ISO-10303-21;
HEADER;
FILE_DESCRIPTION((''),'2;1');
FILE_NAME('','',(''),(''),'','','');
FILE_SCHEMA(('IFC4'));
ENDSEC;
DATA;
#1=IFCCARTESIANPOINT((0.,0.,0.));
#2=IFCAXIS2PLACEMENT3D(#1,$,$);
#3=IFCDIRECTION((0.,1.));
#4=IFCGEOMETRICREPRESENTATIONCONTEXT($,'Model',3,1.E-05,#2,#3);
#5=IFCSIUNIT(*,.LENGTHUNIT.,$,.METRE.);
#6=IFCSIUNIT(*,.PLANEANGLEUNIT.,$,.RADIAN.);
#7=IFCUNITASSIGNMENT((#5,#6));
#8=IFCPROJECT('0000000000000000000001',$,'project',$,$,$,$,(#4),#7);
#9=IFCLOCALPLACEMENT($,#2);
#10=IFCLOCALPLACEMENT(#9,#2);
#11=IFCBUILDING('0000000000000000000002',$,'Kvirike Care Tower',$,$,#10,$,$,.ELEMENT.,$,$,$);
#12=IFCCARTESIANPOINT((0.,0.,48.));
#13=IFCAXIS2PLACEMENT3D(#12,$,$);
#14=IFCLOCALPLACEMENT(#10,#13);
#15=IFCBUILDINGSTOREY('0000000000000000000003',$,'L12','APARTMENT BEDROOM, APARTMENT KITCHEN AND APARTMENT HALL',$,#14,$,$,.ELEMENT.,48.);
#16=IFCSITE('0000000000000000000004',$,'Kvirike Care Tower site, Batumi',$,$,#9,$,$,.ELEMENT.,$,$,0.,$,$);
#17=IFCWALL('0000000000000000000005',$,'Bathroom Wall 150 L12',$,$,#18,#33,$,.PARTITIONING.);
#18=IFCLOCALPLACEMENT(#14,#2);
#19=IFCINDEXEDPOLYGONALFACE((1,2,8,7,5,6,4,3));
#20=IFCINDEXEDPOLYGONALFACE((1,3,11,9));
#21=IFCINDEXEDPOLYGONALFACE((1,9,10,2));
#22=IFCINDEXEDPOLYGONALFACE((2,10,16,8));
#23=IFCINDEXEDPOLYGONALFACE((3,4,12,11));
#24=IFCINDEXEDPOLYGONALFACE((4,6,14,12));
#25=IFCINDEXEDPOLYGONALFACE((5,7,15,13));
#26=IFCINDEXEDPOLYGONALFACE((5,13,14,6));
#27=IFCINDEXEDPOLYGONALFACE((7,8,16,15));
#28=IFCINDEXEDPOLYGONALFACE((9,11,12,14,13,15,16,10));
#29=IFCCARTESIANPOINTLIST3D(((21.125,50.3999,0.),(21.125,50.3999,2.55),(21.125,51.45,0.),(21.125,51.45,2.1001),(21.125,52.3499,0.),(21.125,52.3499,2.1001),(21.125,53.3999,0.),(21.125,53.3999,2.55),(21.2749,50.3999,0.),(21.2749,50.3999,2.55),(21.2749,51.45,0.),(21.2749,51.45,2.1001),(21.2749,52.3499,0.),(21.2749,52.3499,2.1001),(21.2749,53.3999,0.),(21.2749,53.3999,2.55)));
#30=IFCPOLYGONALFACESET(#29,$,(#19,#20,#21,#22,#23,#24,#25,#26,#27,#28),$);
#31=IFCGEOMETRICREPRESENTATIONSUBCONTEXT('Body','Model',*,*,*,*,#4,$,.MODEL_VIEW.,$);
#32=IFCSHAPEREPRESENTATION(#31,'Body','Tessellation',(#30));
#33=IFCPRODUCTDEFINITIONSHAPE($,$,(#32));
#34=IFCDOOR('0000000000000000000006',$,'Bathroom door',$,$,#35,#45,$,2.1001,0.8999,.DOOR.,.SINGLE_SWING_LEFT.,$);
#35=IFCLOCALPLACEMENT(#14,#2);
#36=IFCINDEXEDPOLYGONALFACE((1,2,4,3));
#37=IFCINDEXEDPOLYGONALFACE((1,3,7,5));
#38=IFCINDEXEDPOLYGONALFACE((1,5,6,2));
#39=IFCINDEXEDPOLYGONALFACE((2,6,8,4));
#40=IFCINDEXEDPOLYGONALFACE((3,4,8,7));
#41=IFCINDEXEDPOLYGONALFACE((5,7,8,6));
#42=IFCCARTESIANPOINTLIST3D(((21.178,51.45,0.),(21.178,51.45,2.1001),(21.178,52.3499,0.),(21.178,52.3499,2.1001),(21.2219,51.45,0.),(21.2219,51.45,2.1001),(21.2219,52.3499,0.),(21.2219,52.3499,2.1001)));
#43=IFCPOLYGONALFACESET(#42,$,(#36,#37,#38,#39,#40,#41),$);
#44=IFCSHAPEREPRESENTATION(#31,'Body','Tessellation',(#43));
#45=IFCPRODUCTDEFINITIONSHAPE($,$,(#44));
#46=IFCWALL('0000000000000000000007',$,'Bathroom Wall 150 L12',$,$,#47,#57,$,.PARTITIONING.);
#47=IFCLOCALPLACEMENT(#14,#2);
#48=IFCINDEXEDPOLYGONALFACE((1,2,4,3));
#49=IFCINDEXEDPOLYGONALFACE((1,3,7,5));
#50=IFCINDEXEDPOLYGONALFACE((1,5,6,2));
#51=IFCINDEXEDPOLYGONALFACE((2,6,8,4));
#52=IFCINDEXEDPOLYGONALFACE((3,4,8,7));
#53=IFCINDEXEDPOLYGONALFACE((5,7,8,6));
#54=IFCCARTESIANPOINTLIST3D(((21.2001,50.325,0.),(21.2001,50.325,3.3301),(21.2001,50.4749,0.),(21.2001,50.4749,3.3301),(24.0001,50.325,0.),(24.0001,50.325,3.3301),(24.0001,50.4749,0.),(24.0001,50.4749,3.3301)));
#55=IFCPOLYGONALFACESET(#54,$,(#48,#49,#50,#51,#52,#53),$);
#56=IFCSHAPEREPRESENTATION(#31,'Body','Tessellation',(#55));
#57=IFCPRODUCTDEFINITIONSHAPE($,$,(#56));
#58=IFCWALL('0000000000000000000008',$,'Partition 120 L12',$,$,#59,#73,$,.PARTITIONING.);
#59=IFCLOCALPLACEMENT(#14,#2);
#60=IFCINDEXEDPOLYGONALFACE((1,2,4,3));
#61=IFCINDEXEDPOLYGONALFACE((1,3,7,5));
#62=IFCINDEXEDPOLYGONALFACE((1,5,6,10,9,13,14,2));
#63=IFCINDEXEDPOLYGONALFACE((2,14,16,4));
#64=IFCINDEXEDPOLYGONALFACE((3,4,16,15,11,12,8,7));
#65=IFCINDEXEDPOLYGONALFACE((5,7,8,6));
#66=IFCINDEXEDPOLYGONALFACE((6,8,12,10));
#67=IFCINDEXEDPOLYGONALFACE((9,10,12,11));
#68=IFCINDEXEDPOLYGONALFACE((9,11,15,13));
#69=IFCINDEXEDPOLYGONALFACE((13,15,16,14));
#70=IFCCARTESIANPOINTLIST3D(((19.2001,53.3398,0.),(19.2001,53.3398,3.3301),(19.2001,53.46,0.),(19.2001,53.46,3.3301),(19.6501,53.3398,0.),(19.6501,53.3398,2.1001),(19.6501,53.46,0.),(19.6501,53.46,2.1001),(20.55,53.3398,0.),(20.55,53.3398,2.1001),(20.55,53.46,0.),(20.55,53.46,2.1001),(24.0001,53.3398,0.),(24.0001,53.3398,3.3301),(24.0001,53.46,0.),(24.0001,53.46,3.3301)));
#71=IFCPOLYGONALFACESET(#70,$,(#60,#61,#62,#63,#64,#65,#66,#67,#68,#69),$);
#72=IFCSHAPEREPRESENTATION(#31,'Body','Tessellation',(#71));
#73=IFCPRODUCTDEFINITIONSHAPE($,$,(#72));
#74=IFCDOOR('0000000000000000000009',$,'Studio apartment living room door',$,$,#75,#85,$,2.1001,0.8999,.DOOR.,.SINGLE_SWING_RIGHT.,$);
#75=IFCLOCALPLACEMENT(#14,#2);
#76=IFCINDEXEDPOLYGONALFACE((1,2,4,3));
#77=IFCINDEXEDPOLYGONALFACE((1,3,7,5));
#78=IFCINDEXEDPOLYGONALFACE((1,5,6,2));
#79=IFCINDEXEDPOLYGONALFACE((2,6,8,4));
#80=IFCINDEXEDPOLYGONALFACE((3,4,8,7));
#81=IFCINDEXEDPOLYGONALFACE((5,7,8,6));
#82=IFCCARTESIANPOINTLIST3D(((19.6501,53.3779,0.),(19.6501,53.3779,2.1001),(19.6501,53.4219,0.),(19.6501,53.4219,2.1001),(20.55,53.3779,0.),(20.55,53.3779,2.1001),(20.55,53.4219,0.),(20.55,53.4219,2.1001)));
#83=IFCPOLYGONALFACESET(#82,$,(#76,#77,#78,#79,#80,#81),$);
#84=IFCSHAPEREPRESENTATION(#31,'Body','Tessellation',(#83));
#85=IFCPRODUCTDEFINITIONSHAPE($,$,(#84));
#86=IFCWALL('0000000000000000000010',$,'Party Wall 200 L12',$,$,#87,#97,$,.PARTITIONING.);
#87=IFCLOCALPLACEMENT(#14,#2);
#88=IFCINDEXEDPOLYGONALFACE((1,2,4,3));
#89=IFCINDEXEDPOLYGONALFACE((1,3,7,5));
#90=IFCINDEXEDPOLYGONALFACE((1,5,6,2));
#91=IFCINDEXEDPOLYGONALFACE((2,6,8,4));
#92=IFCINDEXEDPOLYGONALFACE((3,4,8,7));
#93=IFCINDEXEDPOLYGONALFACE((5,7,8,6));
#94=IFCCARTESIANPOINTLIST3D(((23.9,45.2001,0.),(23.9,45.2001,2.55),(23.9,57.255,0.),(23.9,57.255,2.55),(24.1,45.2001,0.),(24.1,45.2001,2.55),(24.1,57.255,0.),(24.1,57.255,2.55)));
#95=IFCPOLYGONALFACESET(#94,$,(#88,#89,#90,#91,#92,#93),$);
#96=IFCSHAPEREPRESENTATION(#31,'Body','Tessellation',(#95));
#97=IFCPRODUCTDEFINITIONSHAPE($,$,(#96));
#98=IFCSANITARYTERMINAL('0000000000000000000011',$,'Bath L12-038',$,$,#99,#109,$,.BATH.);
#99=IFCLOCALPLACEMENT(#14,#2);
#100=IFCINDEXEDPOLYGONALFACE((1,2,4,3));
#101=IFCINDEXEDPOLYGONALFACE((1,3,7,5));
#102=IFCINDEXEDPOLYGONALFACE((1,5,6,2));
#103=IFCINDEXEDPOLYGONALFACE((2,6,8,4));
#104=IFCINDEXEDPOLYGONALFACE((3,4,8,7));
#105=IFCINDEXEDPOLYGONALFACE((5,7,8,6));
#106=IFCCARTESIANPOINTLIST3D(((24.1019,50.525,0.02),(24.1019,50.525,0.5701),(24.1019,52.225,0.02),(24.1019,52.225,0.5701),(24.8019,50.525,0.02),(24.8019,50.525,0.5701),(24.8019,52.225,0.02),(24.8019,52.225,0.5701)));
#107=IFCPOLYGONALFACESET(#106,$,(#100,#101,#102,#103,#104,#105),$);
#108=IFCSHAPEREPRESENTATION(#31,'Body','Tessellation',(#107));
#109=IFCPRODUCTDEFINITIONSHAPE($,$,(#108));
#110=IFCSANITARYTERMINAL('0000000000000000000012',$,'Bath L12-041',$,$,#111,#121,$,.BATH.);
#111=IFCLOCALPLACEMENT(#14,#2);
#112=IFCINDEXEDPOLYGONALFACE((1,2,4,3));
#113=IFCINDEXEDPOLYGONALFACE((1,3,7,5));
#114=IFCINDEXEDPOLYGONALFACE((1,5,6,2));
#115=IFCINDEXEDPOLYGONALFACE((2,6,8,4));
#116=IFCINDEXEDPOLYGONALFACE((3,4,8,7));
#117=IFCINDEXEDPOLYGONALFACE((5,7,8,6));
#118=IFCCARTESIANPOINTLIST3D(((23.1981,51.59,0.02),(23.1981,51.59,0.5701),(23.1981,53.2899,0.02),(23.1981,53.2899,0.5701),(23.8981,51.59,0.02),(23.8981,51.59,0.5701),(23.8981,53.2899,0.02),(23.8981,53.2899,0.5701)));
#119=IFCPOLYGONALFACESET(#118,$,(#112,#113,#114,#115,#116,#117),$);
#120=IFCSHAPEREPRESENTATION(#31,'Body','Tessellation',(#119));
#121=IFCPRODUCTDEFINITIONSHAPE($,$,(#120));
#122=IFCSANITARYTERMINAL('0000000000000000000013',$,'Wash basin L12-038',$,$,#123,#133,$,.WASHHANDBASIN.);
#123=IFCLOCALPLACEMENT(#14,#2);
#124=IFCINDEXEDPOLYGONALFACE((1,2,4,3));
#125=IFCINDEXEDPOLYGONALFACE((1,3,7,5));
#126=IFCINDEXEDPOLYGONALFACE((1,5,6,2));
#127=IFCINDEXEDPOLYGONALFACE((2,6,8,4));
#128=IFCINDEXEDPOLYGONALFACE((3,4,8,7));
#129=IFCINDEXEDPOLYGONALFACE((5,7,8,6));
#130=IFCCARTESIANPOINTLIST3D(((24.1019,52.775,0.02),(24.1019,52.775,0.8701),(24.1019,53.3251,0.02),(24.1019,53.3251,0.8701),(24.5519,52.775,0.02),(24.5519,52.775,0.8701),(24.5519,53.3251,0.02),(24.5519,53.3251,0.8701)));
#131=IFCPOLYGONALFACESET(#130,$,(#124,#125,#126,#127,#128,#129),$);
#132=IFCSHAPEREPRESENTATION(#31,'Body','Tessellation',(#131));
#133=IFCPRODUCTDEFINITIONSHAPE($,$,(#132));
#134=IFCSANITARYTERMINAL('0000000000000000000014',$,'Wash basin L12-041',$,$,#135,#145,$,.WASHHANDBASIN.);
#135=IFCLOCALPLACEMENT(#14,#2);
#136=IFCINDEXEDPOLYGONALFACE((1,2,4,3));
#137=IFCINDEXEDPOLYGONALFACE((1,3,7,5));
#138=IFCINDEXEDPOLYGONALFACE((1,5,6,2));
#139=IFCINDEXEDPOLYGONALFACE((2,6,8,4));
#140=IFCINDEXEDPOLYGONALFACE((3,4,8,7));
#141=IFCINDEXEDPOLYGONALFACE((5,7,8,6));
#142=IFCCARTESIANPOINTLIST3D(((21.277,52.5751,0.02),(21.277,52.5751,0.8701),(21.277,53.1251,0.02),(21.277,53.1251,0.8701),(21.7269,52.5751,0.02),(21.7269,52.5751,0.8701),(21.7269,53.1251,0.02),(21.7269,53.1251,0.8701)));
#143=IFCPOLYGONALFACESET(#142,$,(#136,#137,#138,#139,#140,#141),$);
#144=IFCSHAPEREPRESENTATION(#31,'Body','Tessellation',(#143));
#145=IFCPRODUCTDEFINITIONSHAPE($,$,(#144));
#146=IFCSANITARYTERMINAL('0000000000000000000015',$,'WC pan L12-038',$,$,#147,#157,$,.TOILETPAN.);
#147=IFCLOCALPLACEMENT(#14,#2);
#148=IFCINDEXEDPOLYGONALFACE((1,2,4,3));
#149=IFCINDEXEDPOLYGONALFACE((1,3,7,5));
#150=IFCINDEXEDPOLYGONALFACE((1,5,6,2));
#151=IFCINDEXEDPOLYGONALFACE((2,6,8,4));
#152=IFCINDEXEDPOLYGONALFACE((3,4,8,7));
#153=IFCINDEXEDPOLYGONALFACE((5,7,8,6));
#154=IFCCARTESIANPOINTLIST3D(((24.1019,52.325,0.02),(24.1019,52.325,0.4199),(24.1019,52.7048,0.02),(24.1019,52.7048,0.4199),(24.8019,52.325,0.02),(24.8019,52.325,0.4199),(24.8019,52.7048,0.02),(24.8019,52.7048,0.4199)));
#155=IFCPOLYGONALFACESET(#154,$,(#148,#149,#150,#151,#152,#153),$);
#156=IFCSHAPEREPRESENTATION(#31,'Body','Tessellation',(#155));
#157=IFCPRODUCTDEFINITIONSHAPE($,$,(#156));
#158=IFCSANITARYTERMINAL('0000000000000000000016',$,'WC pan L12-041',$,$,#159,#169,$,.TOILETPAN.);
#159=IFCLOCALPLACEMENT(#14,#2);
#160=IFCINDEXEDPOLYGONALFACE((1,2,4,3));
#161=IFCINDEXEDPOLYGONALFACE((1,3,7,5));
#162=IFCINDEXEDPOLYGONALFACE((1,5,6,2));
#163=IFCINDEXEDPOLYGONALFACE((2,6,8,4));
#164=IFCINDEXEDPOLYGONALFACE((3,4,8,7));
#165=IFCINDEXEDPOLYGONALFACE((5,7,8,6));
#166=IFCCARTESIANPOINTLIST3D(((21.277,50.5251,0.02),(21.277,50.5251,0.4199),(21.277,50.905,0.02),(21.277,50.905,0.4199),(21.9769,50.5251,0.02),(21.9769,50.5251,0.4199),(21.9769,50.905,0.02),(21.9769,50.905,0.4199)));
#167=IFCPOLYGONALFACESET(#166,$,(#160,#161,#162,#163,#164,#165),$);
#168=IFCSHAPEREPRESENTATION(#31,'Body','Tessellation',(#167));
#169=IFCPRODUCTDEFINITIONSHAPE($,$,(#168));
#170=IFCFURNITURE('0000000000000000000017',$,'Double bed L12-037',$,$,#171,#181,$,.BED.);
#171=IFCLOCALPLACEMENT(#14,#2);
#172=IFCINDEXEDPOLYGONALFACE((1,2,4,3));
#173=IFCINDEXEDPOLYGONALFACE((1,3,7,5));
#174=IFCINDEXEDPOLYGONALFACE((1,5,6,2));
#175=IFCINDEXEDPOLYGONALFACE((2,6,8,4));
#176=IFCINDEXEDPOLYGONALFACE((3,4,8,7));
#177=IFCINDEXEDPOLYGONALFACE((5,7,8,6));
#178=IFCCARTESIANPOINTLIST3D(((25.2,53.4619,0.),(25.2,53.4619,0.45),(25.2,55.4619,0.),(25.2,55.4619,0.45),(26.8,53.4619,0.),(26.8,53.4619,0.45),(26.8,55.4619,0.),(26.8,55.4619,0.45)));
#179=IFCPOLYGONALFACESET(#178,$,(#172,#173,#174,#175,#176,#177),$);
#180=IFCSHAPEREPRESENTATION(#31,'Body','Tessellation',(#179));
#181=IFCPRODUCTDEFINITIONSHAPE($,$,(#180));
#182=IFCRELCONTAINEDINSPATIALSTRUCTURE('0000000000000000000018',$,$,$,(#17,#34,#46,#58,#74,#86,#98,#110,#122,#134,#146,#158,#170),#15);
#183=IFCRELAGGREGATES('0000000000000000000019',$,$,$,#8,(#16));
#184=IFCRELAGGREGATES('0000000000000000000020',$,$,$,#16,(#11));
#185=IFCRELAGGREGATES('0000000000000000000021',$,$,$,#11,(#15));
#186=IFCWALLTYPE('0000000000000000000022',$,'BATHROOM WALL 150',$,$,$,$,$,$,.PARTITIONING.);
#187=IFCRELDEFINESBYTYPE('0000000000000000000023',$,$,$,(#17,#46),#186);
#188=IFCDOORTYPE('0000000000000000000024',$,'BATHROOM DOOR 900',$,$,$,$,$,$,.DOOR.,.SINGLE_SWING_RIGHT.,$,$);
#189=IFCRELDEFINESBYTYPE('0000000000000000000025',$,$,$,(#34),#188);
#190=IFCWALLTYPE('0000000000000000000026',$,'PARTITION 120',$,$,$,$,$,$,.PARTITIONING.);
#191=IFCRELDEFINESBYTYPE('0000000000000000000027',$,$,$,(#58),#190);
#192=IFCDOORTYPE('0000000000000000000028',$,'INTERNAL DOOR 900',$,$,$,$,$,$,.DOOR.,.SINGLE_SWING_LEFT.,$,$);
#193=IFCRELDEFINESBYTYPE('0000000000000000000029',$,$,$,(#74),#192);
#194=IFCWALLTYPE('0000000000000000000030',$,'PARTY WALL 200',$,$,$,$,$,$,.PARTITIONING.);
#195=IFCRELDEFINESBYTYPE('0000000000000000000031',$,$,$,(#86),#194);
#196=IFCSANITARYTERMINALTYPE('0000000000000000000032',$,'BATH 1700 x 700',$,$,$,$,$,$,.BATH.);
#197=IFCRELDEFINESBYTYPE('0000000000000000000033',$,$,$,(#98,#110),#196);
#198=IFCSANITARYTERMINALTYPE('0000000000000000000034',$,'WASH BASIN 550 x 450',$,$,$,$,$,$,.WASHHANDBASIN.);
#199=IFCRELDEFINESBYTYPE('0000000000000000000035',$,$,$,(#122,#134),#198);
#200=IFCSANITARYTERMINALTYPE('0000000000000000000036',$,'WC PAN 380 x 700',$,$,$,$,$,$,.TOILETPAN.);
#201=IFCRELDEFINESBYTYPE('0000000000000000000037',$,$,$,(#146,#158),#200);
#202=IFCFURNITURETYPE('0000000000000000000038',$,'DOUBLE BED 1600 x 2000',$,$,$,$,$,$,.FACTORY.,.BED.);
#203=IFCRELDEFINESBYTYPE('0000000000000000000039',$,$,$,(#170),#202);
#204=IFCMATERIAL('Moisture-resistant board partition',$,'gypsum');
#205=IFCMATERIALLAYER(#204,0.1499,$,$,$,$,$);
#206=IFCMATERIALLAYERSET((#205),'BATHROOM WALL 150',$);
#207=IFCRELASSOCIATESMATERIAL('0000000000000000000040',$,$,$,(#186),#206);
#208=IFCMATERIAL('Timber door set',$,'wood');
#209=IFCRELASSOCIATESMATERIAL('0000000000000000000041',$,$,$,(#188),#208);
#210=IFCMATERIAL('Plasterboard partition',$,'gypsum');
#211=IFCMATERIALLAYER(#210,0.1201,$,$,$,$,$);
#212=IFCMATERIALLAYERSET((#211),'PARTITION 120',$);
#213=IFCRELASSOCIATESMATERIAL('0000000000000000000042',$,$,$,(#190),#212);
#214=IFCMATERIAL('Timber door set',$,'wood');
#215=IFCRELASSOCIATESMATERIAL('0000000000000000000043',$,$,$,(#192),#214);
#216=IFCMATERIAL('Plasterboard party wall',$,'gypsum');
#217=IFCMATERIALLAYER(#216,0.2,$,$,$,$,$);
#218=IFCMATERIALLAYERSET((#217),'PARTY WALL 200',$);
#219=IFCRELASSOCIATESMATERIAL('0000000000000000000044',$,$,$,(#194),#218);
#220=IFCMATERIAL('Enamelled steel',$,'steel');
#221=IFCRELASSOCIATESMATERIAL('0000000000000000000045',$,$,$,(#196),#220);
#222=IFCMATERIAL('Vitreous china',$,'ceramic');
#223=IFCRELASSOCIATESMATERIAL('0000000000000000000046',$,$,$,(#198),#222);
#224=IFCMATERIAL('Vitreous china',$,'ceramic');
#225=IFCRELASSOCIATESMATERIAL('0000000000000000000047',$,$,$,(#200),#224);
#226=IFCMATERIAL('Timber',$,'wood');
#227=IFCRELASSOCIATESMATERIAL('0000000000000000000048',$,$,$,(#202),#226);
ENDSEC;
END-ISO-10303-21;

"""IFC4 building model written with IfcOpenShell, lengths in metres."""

from ifc_helpers import new_model, si_unit, direction, frame, frame_2d, origin, origin_2d, place, context, subcontext, project, spatial, rectangle, extrude, material, layer, layer_set, type_object, element, fill, save


model = new_model("IFC4")

# Units and contexts
model_context = context("Model", 3, precision=1e-05, world=origin(), true_north=direction((0.0, 1.0)))
body_context = subcontext(model_context, "Body", "Model", "MODEL_VIEW")
ifc_project = project(units=[si_unit("LENGTHUNIT", "METRE"), si_unit("PLANEANGLEUNIT", "RADIAN")], contexts=[model_context])

# Site, building, storey
site_placement = place(None, origin())
site = spatial("IfcSite", under=ifc_project, at=site_placement, Name="Kvirike Care Tower site, Batumi", CompositionType="ELEMENT", RefElevation=0.0)
building_placement = place(site_placement, origin())
building = spatial("IfcBuilding", under=site, at=building_placement, Name="Kvirike Care Tower", CompositionType="ELEMENT")
storey_placement = place(building_placement, frame((0.0, 0.0, 48.0)))
storey = spatial("IfcBuildingStorey", under=building, at=storey_placement, Name="L12", Description="APARTMENT BEDROOM, APARTMENT KITCHEN AND APARTMENT HALL", CompositionType="ELEMENT", Elevation=48.0)

# Wall, opening, door
ifc_material_1 = material(Name="Moisture-resistant board partition", Category="gypsum")
ifc_layer_1 = layer(ifc_material_1, 0.1499)
ifc_layer_set_1 = layer_set([ifc_layer_1], Name="BATHROOM WALL 150")
wall_type_1 = type_object("IfcWallType", Name="BATHROOM WALL 150", PredefinedType="PARTITIONING", material=ifc_layer_set_1)
wall_1_placement = place(storey_placement, frame((21.2, 53.3999, 0.0), z_axis=(0.0, 0.0, 1.0), x_axis=(0.0, -1.0, 0.0)))
wall_1 = element("IfcWall", 1, at=wall_1_placement, inside=storey, type_object=wall_type_1, Name="Bathroom Wall 150 L12", PredefinedType="PARTITIONING", context=body_context, shape_type="SweptSolid", body=[
    extrude(rectangle(XDim=3.0, YDim=0.1499, at=frame_2d((1.5, 0.0))), origin(), (0.0, 0.0, 1.0), 2.55),
])
opening_1_placement = place(wall_1_placement, frame((1.05, 0.0, 0.0)))
opening_1 = element("IfcOpeningElement", 2, at=opening_1_placement, cuts=wall_1, PredefinedType="OPENING", context=body_context, shape_type="SweptSolid", body=[
    extrude(rectangle(XDim=0.8999, YDim=2.1001, at=frame_2d((0.45, 1.05))), frame((0.0, 0.0854, 0.0), z_axis=(0.0, -1.0, 0.0), x_axis=(1.0, 0.0, 0.0)), (0.0, 0.0, 1.0), 0.1709),
])
ifc_material_2 = material(Name="Timber door set", Category="wood")
door_type_1 = type_object("IfcDoorType", Name="BATHROOM DOOR 900", OperationType="SINGLE_SWING_RIGHT", PredefinedType="DOOR", material=ifc_material_2)
door_1_placement = place(opening_1_placement, origin())
door_1 = element("IfcDoor", 3, at=door_1_placement, inside=storey, type_object=door_type_1, Name="Bathroom door", OperationType="SINGLE_SWING_LEFT", OverallHeight=2.1001, OverallWidth=0.8999, PredefinedType="DOOR", context=body_context, shape_type="SweptSolid", body=[
    extrude(rectangle(XDim=0.8999, YDim=2.1001, at=frame_2d((0.45, 1.05))), frame((0.0, 0.022, 0.0), z_axis=(0.0, -1.0, 0.0), x_axis=(1.0, 0.0, 0.0)), (0.0, 0.0, 1.0), 0.0439),
])
fill(opening_1, door_1)

# Wall
wall_2_placement = place(storey_placement, frame((24.0, 50.3999, 0.0), z_axis=(0.0, 0.0, 1.0), x_axis=(-1.0, 0.0, 0.0)))
element("IfcWall", 4, at=wall_2_placement, inside=storey, type_object=wall_type_1, Name="Bathroom Wall 150 L12", PredefinedType="PARTITIONING", context=body_context, shape_type="SweptSolid", body=[
    extrude(rectangle(XDim=2.8, YDim=0.1499, at=frame_2d((1.3999, 0.0))), origin(), (0.0, 0.0, 1.0), 3.3301),
])

# Wall, opening, door
ifc_material_3 = material(Name="Plasterboard partition", Category="gypsum")
ifc_layer_2 = layer(ifc_material_3, 0.1201)
ifc_layer_set_2 = layer_set([ifc_layer_2], Name="PARTITION 120")
wall_type_2 = type_object("IfcWallType", Name="PARTITION 120", PredefinedType="PARTITIONING", material=ifc_layer_set_2)
wall_3_placement = place(storey_placement, frame((24.0, 53.3999, 0.0), z_axis=(0.0, 0.0, 1.0), x_axis=(-1.0, 0.0, 0.0)))
wall_3 = element("IfcWall", 5, at=wall_3_placement, inside=storey, type_object=wall_type_2, Name="Partition 120 L12", PredefinedType="PARTITIONING", context=body_context, shape_type="SweptSolid", body=[
    extrude(rectangle(XDim=4.8, YDim=0.1201, at=frame_2d((2.3999, 0.0))), origin(), (0.0, 0.0, 1.0), 3.3301),
])
opening_2_placement = place(wall_3_placement, frame((3.45, 0.0, 0.0)))
opening_2 = element("IfcOpeningElement", 6, at=opening_2_placement, cuts=wall_3, PredefinedType="OPENING", context=body_context, shape_type="SweptSolid", body=[
    extrude(rectangle(XDim=0.8999, YDim=2.1001, at=frame_2d((0.45, 1.05))), frame((0.0, 0.0706, 0.0), z_axis=(0.0, -1.0, 0.0), x_axis=(1.0, 0.0, 0.0)), (0.0, 0.0, 1.0), 0.1411),
])
ifc_material_4 = material(Name="Timber door set", Category="wood")
door_type_2 = type_object("IfcDoorType", Name="INTERNAL DOOR 900", OperationType="SINGLE_SWING_LEFT", PredefinedType="DOOR", material=ifc_material_4)
door_2_placement = place(opening_2_placement, frame((0.8999, 0.0, 0.0), z_axis=(0.0, 0.0, 1.0), x_axis=(-1.0, 0.0, 0.0)))
door_2 = element("IfcDoor", 7, at=door_2_placement, inside=storey, type_object=door_type_2, Name="Studio apartment living room door", OperationType="SINGLE_SWING_RIGHT", OverallHeight=2.1001, OverallWidth=0.8999, PredefinedType="DOOR", context=body_context, shape_type="SweptSolid", body=[
    extrude(rectangle(XDim=0.8999, YDim=2.1001, at=frame_2d((0.45, 1.05))), frame((0.0, 0.022, 0.0), z_axis=(0.0, -1.0, 0.0), x_axis=(1.0, 0.0, 0.0)), (0.0, 0.0, 1.0), 0.0439),
])
fill(opening_2, door_2)

# Wall
ifc_material_5 = material(Name="Plasterboard party wall", Category="gypsum")
ifc_layer_3 = layer(ifc_material_5, 0.2)
ifc_layer_set_3 = layer_set([ifc_layer_3], Name="PARTY WALL 200")
wall_type_3 = type_object("IfcWallType", Name="PARTY WALL 200", PredefinedType="PARTITIONING", material=ifc_layer_set_3)
wall_4_placement = place(storey_placement, frame((24.0, 57.2549, 0.0), z_axis=(0.0, 0.0, 1.0), x_axis=(0.0, -1.0, 0.0)))
element("IfcWall", 8, at=wall_4_placement, inside=storey, type_object=wall_type_3, Name="Party Wall 200 L12", PredefinedType="PARTITIONING", context=body_context, shape_type="SweptSolid", body=[
    extrude(rectangle(XDim=12.0549, YDim=0.2, at=frame_2d((6.0273, 0.0))), origin(), (0.0, 0.0, 1.0), 2.55),
])

# Sanitary terminals
ifc_material_6 = material(Name="Enamelled steel", Category="steel")
sanitary_terminal_type_1 = type_object("IfcSanitaryTerminalType", Name="BATH 1700 x 700", PredefinedType="BATH", material=ifc_material_6)
for number, where, z_axis, x_axis, name in (
    (9, (24.4519, 51.375, 0.02), (0.0, 0.0, 1.0), (0.0, 1.0, 0.0), "Bath L12-038"),
    (10, (23.5481, 52.4399, 0.02), (0.0, 0.0, 1.0), (0.0, -1.0, 0.0), "Bath L12-041"),
):
    element("IfcSanitaryTerminal", number, at=place(storey_placement, frame(where, z_axis=z_axis, x_axis=x_axis)), inside=storey, type_object=sanitary_terminal_type_1, Name=name, PredefinedType="BATH", context=body_context, shape_type="SweptSolid", body=[
        extrude(rectangle(XDim=1.7, YDim=0.7, at=origin_2d()), origin(), (0.0, 0.0, 1.0), 0.55),
    ])
ifc_material_7 = material(Name="Vitreous china", Category="ceramic")
sanitary_terminal_type_2 = type_object("IfcSanitaryTerminalType", Name="WASH BASIN 550 x 450", PredefinedType="WASHHANDBASIN", material=ifc_material_7)
for number, where, z_axis, x_axis, name in (
    (11, (24.3269, 53.05, 0.02), (0.0, 0.0, 1.0), (0.0, 1.0, 0.0), "Wash basin L12-038"),
    (12, (21.502, 52.8501, 0.02), (0.0, 0.0, 1.0), (0.0, 1.0, 0.0), "Wash basin L12-041"),
):
    element("IfcSanitaryTerminal", number, at=place(storey_placement, frame(where, z_axis=z_axis, x_axis=x_axis)), inside=storey, type_object=sanitary_terminal_type_2, Name=name, PredefinedType="WASHHANDBASIN", context=body_context, shape_type="SweptSolid", body=[
        extrude(rectangle(XDim=0.55, YDim=0.45, at=origin_2d()), origin(), (0.0, 0.0, 1.0), 0.8501),
    ])
ifc_material_8 = material(Name="Vitreous china", Category="ceramic")
sanitary_terminal_type_3 = type_object("IfcSanitaryTerminalType", Name="WC PAN 380 x 700", PredefinedType="TOILETPAN", material=ifc_material_8)
for number, where, z_axis, x_axis, name in (
    (13, (24.4519, 52.5149, 0.02), (0.0, 0.0, 1.0), (0.0, 1.0, 0.0), "WC pan L12-038"),
    (14, (21.627, 50.7151, 0.02), (0.0, 0.0, 1.0), (0.0, 1.0, 0.0), "WC pan L12-041"),
):
    element("IfcSanitaryTerminal", number, at=place(storey_placement, frame(where, z_axis=z_axis, x_axis=x_axis)), inside=storey, type_object=sanitary_terminal_type_3, Name=name, PredefinedType="TOILETPAN", context=body_context, shape_type="SweptSolid", body=[
        extrude(rectangle(XDim=0.3799, YDim=0.7, at=origin_2d()), origin(), (0.0, 0.0, 1.0), 0.3999),
    ])

# Furniture
ifc_material_9 = material(Name="Timber", Category="wood")
furniture_type = type_object("IfcFurnitureType", Name="DOUBLE BED 1600 x 2000", AssemblyPlace="FACTORY", PredefinedType="BED", material=ifc_material_9)
for number, where, z_axis, x_axis, name in (
    (15, (26.0, 54.4619, 0.0), (0.0, 0.0, 1.0), (-1.0, 0.0, 0.0), "Double bed L12-037"),
):
    element("IfcFurniture", number, at=place(storey_placement, frame(where, z_axis=z_axis, x_axis=x_axis)), inside=storey, type_object=furniture_type, Name=name, PredefinedType="BED", context=body_context, shape_type="SweptSolid", body=[
        extrude(rectangle(XDim=1.6001, YDim=2.0, at=origin_2d()), origin(), (0.0, 0.0, 1.0), 0.45),
    ])

save(model, "model.ifc")
